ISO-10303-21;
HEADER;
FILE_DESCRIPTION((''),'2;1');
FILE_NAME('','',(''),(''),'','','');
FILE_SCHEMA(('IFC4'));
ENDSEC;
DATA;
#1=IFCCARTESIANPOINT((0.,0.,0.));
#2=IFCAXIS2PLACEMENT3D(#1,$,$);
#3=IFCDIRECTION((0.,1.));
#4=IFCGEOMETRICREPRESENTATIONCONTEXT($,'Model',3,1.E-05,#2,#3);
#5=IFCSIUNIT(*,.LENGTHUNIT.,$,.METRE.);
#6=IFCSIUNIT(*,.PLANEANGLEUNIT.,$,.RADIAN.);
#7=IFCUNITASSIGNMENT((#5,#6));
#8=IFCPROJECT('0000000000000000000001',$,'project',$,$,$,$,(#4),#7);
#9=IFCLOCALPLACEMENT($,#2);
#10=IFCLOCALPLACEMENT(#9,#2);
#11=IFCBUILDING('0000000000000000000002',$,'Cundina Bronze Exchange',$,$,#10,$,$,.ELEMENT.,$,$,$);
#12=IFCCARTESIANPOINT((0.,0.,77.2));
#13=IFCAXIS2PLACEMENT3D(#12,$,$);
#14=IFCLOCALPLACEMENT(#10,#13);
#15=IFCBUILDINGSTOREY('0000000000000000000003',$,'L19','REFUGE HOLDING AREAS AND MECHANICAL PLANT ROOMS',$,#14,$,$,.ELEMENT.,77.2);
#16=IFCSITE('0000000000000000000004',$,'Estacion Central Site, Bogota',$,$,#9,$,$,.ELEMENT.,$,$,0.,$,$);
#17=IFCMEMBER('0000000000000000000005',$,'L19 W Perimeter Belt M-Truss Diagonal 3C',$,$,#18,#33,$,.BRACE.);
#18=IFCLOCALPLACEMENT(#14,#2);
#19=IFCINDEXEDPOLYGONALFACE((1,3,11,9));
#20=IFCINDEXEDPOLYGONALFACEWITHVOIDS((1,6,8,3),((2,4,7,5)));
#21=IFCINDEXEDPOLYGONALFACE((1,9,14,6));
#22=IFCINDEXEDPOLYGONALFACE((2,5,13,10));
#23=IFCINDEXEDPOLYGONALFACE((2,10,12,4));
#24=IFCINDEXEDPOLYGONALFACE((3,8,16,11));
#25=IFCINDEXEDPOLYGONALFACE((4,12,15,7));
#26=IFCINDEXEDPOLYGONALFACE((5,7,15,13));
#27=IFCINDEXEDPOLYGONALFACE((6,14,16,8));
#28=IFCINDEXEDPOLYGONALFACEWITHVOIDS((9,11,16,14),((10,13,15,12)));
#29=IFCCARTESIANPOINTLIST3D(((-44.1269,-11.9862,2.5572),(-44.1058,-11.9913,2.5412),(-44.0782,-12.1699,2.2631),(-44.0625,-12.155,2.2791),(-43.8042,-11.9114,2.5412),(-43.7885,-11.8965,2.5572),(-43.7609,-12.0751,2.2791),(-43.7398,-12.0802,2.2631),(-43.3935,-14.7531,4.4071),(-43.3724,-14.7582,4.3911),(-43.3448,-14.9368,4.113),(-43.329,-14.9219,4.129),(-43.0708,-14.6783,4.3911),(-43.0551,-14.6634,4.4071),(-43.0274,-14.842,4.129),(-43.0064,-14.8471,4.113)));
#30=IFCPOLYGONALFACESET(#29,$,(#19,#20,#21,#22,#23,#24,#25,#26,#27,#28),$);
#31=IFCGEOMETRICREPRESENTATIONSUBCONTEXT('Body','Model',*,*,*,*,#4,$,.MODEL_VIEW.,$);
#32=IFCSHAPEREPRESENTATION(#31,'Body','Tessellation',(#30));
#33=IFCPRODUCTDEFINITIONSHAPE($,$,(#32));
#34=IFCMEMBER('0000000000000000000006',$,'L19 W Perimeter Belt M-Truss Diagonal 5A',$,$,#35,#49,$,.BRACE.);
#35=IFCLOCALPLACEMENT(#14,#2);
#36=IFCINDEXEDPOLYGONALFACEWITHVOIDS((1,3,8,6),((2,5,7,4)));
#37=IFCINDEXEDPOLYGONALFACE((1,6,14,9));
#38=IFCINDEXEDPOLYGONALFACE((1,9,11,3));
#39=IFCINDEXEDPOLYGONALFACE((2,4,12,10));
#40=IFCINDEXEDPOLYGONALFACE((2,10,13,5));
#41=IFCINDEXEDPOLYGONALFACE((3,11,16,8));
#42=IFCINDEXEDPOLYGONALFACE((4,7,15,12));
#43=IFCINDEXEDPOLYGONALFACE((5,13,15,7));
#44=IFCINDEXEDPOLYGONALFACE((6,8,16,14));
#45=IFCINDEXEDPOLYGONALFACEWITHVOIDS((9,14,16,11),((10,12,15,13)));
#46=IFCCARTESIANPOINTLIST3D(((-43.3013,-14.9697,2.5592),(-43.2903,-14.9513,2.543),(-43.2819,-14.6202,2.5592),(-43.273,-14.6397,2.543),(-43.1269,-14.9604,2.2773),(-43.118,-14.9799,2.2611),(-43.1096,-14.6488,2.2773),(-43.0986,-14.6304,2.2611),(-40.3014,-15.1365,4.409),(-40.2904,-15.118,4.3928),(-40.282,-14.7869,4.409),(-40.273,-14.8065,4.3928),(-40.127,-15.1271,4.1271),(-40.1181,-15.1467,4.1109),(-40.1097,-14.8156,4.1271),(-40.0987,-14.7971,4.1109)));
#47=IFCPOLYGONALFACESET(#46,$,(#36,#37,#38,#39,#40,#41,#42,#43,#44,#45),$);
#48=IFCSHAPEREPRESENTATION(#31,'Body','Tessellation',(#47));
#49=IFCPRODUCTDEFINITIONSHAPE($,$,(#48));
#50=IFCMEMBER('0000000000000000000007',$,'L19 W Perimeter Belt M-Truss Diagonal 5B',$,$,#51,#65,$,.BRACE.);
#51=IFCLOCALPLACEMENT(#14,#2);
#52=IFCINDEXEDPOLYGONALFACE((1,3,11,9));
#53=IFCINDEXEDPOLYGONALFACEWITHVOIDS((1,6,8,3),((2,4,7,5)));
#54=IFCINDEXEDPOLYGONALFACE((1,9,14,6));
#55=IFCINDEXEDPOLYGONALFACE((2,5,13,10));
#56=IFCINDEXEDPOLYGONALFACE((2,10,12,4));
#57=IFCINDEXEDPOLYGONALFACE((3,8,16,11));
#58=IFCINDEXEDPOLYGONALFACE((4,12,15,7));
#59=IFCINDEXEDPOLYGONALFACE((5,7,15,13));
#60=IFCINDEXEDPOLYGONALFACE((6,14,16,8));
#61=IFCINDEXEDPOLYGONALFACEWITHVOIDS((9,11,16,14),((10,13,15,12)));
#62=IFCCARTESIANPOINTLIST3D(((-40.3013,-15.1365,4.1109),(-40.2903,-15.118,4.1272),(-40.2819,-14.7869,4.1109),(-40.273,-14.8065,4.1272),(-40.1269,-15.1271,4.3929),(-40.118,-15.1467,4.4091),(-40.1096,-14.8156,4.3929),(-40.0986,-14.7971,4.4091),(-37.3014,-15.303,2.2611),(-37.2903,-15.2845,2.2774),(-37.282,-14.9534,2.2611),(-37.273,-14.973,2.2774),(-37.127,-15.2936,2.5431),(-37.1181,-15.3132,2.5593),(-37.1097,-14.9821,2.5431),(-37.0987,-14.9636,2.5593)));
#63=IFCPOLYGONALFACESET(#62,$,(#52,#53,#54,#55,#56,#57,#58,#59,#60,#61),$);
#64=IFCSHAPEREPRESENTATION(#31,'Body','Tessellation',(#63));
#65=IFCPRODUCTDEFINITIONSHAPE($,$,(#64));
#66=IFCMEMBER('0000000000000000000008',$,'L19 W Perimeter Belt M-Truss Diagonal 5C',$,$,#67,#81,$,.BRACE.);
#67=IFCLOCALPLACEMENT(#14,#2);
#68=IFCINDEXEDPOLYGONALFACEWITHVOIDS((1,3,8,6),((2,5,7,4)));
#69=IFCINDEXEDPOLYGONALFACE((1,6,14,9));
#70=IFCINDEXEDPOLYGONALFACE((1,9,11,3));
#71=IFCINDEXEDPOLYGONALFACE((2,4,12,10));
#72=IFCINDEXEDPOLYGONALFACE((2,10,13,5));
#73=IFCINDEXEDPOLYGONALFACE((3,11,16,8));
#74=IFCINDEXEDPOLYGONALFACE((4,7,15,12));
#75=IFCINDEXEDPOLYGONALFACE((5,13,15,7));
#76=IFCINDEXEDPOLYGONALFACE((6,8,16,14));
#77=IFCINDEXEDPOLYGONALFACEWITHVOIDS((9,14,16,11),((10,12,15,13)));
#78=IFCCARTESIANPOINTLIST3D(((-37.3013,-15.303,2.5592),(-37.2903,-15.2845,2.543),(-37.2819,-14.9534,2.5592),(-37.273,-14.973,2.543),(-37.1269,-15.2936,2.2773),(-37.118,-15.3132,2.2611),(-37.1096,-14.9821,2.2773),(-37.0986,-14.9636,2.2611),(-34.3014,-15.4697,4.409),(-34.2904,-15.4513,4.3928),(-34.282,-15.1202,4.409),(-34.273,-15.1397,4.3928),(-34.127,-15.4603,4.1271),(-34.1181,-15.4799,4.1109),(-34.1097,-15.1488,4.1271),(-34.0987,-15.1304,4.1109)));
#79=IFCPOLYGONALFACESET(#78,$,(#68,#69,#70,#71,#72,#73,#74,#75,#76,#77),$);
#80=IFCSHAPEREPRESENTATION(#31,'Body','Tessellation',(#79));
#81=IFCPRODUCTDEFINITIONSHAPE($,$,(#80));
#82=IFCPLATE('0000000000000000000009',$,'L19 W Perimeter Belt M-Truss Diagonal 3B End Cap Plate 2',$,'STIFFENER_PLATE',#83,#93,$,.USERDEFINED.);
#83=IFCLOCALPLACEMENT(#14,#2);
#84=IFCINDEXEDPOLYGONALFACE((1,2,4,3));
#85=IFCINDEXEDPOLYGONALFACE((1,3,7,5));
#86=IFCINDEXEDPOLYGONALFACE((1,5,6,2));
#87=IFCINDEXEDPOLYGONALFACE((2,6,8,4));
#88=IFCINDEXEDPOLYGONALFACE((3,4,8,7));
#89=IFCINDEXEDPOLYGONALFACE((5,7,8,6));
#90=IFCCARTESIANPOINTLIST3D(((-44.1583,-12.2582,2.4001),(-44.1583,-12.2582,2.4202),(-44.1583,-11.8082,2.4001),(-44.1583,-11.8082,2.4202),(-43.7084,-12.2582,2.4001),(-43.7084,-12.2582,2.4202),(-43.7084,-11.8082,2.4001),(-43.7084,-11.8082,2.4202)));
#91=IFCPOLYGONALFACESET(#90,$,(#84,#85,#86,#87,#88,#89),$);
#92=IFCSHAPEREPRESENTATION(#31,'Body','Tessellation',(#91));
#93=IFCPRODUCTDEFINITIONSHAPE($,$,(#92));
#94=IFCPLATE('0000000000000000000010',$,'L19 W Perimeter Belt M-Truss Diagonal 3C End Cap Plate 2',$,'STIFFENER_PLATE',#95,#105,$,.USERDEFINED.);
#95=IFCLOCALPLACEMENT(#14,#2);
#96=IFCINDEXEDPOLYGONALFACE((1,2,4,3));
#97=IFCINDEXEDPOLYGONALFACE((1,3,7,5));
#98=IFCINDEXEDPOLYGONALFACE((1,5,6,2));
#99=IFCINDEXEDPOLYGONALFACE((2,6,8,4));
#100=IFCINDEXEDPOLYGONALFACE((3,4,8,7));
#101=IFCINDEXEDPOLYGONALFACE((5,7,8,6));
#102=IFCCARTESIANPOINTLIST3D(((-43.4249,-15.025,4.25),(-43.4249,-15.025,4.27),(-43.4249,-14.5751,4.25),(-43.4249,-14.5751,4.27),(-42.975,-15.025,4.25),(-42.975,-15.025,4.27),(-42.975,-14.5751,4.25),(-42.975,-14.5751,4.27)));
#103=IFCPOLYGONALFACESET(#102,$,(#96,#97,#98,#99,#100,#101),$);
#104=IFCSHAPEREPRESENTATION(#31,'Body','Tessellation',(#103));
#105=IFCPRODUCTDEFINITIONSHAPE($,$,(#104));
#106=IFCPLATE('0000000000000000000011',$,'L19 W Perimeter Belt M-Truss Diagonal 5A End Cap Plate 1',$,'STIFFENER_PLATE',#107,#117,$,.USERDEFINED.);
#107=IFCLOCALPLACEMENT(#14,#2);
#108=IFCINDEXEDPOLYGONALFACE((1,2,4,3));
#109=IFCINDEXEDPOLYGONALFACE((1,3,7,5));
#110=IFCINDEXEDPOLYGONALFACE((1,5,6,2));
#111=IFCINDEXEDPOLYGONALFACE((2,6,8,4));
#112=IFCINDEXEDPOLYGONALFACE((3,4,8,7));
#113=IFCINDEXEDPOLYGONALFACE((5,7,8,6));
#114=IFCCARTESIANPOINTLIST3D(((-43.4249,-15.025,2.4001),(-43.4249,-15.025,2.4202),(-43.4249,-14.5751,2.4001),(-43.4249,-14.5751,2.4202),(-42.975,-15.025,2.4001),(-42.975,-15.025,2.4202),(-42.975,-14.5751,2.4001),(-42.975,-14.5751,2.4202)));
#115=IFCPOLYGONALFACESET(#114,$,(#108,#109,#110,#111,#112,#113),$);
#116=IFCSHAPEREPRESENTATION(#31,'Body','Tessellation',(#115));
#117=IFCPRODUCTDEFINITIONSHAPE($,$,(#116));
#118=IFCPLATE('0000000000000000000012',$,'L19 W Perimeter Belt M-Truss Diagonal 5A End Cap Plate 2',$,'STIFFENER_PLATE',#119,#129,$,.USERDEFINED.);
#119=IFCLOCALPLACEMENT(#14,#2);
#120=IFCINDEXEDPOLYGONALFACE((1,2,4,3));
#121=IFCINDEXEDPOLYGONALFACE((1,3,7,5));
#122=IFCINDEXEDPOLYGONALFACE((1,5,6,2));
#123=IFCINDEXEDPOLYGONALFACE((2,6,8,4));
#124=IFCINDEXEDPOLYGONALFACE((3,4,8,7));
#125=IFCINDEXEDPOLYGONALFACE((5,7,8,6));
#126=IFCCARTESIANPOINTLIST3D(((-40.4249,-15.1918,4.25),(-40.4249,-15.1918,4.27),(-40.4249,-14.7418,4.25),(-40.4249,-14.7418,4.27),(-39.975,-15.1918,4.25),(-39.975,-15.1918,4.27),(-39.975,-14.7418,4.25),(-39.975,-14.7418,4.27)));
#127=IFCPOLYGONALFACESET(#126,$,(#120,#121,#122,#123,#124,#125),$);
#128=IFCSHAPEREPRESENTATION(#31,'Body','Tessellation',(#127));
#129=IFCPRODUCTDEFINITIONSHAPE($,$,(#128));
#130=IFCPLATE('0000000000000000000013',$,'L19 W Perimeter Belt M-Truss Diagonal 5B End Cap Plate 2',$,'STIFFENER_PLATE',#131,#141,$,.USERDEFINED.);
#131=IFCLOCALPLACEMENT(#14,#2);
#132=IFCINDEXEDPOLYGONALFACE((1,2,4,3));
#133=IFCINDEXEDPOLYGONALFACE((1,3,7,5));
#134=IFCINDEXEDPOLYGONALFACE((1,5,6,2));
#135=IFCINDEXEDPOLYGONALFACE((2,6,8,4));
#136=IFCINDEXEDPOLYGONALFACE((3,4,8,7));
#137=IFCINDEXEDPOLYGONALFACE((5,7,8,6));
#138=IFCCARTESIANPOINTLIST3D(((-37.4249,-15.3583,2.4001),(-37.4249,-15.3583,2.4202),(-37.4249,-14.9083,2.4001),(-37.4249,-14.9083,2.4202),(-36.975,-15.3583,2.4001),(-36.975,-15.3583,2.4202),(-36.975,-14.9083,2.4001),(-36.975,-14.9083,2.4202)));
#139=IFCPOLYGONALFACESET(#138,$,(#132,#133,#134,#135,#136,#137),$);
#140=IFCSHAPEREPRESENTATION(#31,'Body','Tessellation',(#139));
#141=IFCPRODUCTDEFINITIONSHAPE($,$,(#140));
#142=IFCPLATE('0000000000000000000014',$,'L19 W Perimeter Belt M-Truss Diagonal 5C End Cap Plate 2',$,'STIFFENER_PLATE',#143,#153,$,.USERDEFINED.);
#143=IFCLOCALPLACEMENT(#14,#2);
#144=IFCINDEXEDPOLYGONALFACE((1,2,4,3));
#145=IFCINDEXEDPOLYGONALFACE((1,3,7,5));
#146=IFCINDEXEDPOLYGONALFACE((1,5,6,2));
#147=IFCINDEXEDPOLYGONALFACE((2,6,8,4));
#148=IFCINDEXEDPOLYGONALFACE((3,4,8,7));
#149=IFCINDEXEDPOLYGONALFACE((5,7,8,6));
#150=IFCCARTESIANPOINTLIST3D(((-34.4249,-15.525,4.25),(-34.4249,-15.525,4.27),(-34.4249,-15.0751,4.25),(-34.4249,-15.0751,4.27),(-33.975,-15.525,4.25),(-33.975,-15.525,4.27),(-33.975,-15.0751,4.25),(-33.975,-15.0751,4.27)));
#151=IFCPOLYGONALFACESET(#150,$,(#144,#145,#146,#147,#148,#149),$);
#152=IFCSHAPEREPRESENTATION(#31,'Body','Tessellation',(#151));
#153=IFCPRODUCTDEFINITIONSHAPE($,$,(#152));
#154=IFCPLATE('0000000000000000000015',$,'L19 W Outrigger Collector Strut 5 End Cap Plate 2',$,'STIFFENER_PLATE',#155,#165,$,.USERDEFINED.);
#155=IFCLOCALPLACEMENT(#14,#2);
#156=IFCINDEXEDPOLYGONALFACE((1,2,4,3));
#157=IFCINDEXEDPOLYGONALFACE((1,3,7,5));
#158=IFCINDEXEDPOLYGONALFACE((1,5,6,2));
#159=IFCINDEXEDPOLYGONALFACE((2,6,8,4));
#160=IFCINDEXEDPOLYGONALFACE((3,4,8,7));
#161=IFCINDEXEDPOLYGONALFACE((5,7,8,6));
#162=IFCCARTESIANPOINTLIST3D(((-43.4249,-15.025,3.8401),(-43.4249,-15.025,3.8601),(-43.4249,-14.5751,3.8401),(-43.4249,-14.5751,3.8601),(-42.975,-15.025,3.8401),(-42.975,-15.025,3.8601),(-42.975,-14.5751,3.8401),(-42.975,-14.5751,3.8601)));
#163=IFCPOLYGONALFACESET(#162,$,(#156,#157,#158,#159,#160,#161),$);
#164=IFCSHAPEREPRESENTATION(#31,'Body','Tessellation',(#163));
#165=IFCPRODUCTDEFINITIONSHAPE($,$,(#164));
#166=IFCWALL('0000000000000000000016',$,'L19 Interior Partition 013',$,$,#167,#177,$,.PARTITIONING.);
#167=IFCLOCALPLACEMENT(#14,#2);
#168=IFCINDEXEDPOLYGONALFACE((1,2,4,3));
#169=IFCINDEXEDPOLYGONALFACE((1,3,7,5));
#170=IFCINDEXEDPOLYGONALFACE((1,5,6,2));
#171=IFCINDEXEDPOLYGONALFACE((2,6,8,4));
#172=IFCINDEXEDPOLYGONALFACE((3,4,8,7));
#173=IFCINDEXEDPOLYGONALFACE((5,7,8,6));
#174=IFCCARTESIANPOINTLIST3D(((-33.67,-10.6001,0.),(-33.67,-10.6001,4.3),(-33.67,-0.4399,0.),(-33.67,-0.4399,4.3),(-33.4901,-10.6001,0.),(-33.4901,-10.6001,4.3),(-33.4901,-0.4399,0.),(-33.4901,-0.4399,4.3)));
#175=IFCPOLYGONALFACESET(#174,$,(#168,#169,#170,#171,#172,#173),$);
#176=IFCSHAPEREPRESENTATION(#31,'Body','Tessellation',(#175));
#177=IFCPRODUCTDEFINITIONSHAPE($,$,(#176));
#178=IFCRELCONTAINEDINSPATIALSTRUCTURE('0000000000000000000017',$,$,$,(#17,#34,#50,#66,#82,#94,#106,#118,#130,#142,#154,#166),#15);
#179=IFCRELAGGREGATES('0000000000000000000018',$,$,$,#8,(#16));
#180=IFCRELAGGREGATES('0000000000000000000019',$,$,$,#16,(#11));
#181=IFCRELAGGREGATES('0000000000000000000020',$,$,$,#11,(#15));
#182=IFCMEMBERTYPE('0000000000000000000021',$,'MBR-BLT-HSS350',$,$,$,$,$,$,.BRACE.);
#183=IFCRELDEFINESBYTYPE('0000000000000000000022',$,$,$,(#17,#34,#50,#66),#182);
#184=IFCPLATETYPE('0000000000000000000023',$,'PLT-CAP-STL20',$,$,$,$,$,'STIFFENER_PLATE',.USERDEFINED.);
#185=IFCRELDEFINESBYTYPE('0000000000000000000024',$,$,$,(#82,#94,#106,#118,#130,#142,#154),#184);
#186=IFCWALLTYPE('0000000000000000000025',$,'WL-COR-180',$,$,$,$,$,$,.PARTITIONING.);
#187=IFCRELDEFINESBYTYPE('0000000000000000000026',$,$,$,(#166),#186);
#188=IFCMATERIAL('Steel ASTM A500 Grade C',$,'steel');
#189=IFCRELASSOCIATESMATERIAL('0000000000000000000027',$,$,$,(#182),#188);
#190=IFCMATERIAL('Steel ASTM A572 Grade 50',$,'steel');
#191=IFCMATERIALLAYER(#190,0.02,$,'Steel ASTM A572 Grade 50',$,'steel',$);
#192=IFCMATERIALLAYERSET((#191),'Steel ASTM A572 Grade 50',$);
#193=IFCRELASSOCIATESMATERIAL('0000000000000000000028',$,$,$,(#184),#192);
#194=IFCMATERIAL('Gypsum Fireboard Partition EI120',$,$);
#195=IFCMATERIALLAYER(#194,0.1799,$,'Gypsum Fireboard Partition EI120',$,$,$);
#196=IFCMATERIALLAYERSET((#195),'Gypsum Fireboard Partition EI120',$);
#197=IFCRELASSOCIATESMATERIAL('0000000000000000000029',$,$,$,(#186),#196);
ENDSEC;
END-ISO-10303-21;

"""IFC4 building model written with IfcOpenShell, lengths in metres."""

from ifc_helpers import new_model, si_unit, direction, frame, frame_2d, origin, origin_2d, place, context, subcontext, project, spatial, rectangle, hollow_rectangle, extrude, material, layer, layer_set, material_profile, profile_set, type_object, element, save


model = new_model("IFC4")

# Units and contexts
model_context = context("Model", 3, precision=1e-05, world=origin(), true_north=direction((0.0, 1.0)))
body_context = subcontext(model_context, "Body", "Model", "MODEL_VIEW")
ifc_project = project(units=[si_unit("LENGTHUNIT", "METRE"), si_unit("PLANEANGLEUNIT", "RADIAN")], contexts=[model_context])

# Site, building, storey
site_placement = place(None, origin())
site = spatial("IfcSite", under=ifc_project, at=site_placement, Name="Estacion Central Site, Bogota", CompositionType="ELEMENT", RefElevation=0.0)
building_placement = place(site_placement, origin())
building = spatial("IfcBuilding", under=site, at=building_placement, Name="Cundina Bronze Exchange", CompositionType="ELEMENT")
storey_placement = place(building_placement, frame((0.0, 0.0, 77.2)))
storey = spatial("IfcBuildingStorey", under=building, at=storey_placement, Name="L19", Description="REFUGE HOLDING AREAS AND MECHANICAL PLANT ROOMS", CompositionType="ELEMENT", Elevation=77.2)

# Members
ifc_material_1 = material(Name="Steel ASTM A500 Grade C", Category="steel")
ifc_material_profile_1 = material_profile(ifc_material_1, hollow_rectangle(XDim=0.3501, YDim=0.3501, WallThickness=0.019, at=origin_2d()), Name="HSS350X350X19", Category="steel")
ifc_profile_set_1 = profile_set([ifc_material_profile_1], Name="Steel ASTM A500 Grade C")
member_type = type_object("IfcMemberType", Name="MBR-BLT-HSS350", PredefinedType="BRACE", material=ifc_profile_set_1)
member_placement = place(storey_placement, frame((-43.9333, -12.0332, 2.4102), z_axis=(0.215192, -0.81184, 0.542779), x_axis=(0.966619, 0.256218, 0.0)))
element("IfcMember", 1, at=member_placement, inside=storey, type_object=member_type, Name="L19 W Perimeter Belt M-Truss Diagonal 3C", PredefinedType="BRACE", context=body_context, shape_type="SweptSolid", body=[
    extrude(hollow_rectangle(XDim=0.3501, YDim=0.3501, WallThickness=0.019, at=origin_2d()), origin(), (0.0, 0.0, 1.0), 3.4082),
])
for number, where, z_axis, x_axis, name in (
    (2, (-43.2, -14.8, 2.4102), (0.850238, -0.047259, 0.524272), (0.055497, 0.998459, 0.0), "L19 W Perimeter Belt M-Truss Diagonal 5A"),
    (3, (-40.2, -14.9668, 4.26), (0.850241, -0.047189, -0.524274), (0.055416, 0.998463, 0.0), "L19 W Perimeter Belt M-Truss Diagonal 5B"),
    (4, (-37.2, -15.1333, 2.4102), (0.850238, -0.047259, 0.524272), (0.055497, 0.998459, 0.0), "L19 W Perimeter Belt M-Truss Diagonal 5C"),
):
    element("IfcMember", number, at=place(storey_placement, frame(where, z_axis=z_axis, x_axis=x_axis)), inside=storey, type_object=member_type, Name=name, PredefinedType="BRACE", context=body_context, shape_type="SweptSolid", body=[
        extrude(hollow_rectangle(XDim=0.3501, YDim=0.3501, WallThickness=0.019, at=origin_2d()), origin(), (0.0, 0.0, 1.0), 3.5283),
    ])

# Plates
ifc_material_2 = material(Name="Steel ASTM A572 Grade 50", Category="steel")
ifc_layer_1 = layer(ifc_material_2, 0.02, Name="Steel ASTM A572 Grade 50", Category="steel")
ifc_layer_set_1 = layer_set([ifc_layer_1], Name="Steel ASTM A572 Grade 50")
plate_type = type_object("IfcPlateType", Name="PLT-CAP-STL20", ElementType="STIFFENER_PLATE", PredefinedType="USERDEFINED", material=ifc_layer_set_1)
for number, where, z_axis, x_axis, name in (
    (5, (-43.9333, -12.0332, 2.4001), (0.0, 0.0, 1.0), (1.0, 0.0, 0.0), "L19 W Perimeter Belt M-Truss Diagonal 3B End Cap Plate 2"),
    (6, (-43.2, -14.8, 4.25), (0.0, 0.0, 1.0), (1.0, 0.0, 0.0), "L19 W Perimeter Belt M-Truss Diagonal 3C End Cap Plate 2"),
    (7, (-43.2, -14.8, 2.4001), (0.0, 0.0, 1.0), (1.0, 0.0, 0.0), "L19 W Perimeter Belt M-Truss Diagonal 5A End Cap Plate 1"),
    (8, (-40.2, -14.9668, 4.25), (0.0, 0.0, 1.0), (1.0, 0.0, 0.0), "L19 W Perimeter Belt M-Truss Diagonal 5A End Cap Plate 2"),
    (9, (-37.2, -15.1333, 2.4001), (0.0, 0.0, 1.0), (1.0, 0.0, 0.0), "L19 W Perimeter Belt M-Truss Diagonal 5B End Cap Plate 2"),
    (10, (-34.2, -15.3, 4.25), (0.0, 0.0, 1.0), (1.0, 0.0, 0.0), "L19 W Perimeter Belt M-Truss Diagonal 5C End Cap Plate 2"),
    (11, (-43.2, -14.8, 3.8401), (0.0, 0.0, 1.0), (1.0, 0.0, 0.0), "L19 W Outrigger Collector Strut 5 End Cap Plate 2"),
):
    element("IfcPlate", number, at=place(storey_placement, frame(where, z_axis=z_axis, x_axis=x_axis)), inside=storey, type_object=plate_type, Name=name, ObjectType="STIFFENER_PLATE", PredefinedType="USERDEFINED", context=body_context, shape_type="SweptSolid", body=[
        extrude(rectangle(XDim=0.45, YDim=0.45, at=origin_2d()), origin(), (0.0, 0.0, 1.0), 0.02),
    ])

# Wall
ifc_material_3 = material(Name="Gypsum Fireboard Partition EI120")
ifc_layer_2 = layer(ifc_material_3, 0.1799, Name="Gypsum Fireboard Partition EI120")
ifc_layer_set_2 = layer_set([ifc_layer_2], Name="Gypsum Fireboard Partition EI120")
wall_type_1 = type_object("IfcWallType", Name="WL-COR-180", PredefinedType="PARTITIONING", material=ifc_layer_set_2)
wall_1_placement = place(storey_placement, frame((-33.5801, -10.6001, 0.0), z_axis=(0.0, 0.0, 1.0), x_axis=(0.0, 1.0, 0.0)))
element("IfcWall", 12, at=wall_1_placement, inside=storey, type_object=wall_type_1, Name="L19 Interior Partition 013", PredefinedType="PARTITIONING", context=body_context, shape_type="SweptSolid", body=[
    extrude(rectangle(XDim=10.1602, YDim=0.1799, at=frame_2d((5.0801, 0.0))), origin(), (0.0, 0.0, 1.0), 4.3),
])

save(model, "model.ifc")
